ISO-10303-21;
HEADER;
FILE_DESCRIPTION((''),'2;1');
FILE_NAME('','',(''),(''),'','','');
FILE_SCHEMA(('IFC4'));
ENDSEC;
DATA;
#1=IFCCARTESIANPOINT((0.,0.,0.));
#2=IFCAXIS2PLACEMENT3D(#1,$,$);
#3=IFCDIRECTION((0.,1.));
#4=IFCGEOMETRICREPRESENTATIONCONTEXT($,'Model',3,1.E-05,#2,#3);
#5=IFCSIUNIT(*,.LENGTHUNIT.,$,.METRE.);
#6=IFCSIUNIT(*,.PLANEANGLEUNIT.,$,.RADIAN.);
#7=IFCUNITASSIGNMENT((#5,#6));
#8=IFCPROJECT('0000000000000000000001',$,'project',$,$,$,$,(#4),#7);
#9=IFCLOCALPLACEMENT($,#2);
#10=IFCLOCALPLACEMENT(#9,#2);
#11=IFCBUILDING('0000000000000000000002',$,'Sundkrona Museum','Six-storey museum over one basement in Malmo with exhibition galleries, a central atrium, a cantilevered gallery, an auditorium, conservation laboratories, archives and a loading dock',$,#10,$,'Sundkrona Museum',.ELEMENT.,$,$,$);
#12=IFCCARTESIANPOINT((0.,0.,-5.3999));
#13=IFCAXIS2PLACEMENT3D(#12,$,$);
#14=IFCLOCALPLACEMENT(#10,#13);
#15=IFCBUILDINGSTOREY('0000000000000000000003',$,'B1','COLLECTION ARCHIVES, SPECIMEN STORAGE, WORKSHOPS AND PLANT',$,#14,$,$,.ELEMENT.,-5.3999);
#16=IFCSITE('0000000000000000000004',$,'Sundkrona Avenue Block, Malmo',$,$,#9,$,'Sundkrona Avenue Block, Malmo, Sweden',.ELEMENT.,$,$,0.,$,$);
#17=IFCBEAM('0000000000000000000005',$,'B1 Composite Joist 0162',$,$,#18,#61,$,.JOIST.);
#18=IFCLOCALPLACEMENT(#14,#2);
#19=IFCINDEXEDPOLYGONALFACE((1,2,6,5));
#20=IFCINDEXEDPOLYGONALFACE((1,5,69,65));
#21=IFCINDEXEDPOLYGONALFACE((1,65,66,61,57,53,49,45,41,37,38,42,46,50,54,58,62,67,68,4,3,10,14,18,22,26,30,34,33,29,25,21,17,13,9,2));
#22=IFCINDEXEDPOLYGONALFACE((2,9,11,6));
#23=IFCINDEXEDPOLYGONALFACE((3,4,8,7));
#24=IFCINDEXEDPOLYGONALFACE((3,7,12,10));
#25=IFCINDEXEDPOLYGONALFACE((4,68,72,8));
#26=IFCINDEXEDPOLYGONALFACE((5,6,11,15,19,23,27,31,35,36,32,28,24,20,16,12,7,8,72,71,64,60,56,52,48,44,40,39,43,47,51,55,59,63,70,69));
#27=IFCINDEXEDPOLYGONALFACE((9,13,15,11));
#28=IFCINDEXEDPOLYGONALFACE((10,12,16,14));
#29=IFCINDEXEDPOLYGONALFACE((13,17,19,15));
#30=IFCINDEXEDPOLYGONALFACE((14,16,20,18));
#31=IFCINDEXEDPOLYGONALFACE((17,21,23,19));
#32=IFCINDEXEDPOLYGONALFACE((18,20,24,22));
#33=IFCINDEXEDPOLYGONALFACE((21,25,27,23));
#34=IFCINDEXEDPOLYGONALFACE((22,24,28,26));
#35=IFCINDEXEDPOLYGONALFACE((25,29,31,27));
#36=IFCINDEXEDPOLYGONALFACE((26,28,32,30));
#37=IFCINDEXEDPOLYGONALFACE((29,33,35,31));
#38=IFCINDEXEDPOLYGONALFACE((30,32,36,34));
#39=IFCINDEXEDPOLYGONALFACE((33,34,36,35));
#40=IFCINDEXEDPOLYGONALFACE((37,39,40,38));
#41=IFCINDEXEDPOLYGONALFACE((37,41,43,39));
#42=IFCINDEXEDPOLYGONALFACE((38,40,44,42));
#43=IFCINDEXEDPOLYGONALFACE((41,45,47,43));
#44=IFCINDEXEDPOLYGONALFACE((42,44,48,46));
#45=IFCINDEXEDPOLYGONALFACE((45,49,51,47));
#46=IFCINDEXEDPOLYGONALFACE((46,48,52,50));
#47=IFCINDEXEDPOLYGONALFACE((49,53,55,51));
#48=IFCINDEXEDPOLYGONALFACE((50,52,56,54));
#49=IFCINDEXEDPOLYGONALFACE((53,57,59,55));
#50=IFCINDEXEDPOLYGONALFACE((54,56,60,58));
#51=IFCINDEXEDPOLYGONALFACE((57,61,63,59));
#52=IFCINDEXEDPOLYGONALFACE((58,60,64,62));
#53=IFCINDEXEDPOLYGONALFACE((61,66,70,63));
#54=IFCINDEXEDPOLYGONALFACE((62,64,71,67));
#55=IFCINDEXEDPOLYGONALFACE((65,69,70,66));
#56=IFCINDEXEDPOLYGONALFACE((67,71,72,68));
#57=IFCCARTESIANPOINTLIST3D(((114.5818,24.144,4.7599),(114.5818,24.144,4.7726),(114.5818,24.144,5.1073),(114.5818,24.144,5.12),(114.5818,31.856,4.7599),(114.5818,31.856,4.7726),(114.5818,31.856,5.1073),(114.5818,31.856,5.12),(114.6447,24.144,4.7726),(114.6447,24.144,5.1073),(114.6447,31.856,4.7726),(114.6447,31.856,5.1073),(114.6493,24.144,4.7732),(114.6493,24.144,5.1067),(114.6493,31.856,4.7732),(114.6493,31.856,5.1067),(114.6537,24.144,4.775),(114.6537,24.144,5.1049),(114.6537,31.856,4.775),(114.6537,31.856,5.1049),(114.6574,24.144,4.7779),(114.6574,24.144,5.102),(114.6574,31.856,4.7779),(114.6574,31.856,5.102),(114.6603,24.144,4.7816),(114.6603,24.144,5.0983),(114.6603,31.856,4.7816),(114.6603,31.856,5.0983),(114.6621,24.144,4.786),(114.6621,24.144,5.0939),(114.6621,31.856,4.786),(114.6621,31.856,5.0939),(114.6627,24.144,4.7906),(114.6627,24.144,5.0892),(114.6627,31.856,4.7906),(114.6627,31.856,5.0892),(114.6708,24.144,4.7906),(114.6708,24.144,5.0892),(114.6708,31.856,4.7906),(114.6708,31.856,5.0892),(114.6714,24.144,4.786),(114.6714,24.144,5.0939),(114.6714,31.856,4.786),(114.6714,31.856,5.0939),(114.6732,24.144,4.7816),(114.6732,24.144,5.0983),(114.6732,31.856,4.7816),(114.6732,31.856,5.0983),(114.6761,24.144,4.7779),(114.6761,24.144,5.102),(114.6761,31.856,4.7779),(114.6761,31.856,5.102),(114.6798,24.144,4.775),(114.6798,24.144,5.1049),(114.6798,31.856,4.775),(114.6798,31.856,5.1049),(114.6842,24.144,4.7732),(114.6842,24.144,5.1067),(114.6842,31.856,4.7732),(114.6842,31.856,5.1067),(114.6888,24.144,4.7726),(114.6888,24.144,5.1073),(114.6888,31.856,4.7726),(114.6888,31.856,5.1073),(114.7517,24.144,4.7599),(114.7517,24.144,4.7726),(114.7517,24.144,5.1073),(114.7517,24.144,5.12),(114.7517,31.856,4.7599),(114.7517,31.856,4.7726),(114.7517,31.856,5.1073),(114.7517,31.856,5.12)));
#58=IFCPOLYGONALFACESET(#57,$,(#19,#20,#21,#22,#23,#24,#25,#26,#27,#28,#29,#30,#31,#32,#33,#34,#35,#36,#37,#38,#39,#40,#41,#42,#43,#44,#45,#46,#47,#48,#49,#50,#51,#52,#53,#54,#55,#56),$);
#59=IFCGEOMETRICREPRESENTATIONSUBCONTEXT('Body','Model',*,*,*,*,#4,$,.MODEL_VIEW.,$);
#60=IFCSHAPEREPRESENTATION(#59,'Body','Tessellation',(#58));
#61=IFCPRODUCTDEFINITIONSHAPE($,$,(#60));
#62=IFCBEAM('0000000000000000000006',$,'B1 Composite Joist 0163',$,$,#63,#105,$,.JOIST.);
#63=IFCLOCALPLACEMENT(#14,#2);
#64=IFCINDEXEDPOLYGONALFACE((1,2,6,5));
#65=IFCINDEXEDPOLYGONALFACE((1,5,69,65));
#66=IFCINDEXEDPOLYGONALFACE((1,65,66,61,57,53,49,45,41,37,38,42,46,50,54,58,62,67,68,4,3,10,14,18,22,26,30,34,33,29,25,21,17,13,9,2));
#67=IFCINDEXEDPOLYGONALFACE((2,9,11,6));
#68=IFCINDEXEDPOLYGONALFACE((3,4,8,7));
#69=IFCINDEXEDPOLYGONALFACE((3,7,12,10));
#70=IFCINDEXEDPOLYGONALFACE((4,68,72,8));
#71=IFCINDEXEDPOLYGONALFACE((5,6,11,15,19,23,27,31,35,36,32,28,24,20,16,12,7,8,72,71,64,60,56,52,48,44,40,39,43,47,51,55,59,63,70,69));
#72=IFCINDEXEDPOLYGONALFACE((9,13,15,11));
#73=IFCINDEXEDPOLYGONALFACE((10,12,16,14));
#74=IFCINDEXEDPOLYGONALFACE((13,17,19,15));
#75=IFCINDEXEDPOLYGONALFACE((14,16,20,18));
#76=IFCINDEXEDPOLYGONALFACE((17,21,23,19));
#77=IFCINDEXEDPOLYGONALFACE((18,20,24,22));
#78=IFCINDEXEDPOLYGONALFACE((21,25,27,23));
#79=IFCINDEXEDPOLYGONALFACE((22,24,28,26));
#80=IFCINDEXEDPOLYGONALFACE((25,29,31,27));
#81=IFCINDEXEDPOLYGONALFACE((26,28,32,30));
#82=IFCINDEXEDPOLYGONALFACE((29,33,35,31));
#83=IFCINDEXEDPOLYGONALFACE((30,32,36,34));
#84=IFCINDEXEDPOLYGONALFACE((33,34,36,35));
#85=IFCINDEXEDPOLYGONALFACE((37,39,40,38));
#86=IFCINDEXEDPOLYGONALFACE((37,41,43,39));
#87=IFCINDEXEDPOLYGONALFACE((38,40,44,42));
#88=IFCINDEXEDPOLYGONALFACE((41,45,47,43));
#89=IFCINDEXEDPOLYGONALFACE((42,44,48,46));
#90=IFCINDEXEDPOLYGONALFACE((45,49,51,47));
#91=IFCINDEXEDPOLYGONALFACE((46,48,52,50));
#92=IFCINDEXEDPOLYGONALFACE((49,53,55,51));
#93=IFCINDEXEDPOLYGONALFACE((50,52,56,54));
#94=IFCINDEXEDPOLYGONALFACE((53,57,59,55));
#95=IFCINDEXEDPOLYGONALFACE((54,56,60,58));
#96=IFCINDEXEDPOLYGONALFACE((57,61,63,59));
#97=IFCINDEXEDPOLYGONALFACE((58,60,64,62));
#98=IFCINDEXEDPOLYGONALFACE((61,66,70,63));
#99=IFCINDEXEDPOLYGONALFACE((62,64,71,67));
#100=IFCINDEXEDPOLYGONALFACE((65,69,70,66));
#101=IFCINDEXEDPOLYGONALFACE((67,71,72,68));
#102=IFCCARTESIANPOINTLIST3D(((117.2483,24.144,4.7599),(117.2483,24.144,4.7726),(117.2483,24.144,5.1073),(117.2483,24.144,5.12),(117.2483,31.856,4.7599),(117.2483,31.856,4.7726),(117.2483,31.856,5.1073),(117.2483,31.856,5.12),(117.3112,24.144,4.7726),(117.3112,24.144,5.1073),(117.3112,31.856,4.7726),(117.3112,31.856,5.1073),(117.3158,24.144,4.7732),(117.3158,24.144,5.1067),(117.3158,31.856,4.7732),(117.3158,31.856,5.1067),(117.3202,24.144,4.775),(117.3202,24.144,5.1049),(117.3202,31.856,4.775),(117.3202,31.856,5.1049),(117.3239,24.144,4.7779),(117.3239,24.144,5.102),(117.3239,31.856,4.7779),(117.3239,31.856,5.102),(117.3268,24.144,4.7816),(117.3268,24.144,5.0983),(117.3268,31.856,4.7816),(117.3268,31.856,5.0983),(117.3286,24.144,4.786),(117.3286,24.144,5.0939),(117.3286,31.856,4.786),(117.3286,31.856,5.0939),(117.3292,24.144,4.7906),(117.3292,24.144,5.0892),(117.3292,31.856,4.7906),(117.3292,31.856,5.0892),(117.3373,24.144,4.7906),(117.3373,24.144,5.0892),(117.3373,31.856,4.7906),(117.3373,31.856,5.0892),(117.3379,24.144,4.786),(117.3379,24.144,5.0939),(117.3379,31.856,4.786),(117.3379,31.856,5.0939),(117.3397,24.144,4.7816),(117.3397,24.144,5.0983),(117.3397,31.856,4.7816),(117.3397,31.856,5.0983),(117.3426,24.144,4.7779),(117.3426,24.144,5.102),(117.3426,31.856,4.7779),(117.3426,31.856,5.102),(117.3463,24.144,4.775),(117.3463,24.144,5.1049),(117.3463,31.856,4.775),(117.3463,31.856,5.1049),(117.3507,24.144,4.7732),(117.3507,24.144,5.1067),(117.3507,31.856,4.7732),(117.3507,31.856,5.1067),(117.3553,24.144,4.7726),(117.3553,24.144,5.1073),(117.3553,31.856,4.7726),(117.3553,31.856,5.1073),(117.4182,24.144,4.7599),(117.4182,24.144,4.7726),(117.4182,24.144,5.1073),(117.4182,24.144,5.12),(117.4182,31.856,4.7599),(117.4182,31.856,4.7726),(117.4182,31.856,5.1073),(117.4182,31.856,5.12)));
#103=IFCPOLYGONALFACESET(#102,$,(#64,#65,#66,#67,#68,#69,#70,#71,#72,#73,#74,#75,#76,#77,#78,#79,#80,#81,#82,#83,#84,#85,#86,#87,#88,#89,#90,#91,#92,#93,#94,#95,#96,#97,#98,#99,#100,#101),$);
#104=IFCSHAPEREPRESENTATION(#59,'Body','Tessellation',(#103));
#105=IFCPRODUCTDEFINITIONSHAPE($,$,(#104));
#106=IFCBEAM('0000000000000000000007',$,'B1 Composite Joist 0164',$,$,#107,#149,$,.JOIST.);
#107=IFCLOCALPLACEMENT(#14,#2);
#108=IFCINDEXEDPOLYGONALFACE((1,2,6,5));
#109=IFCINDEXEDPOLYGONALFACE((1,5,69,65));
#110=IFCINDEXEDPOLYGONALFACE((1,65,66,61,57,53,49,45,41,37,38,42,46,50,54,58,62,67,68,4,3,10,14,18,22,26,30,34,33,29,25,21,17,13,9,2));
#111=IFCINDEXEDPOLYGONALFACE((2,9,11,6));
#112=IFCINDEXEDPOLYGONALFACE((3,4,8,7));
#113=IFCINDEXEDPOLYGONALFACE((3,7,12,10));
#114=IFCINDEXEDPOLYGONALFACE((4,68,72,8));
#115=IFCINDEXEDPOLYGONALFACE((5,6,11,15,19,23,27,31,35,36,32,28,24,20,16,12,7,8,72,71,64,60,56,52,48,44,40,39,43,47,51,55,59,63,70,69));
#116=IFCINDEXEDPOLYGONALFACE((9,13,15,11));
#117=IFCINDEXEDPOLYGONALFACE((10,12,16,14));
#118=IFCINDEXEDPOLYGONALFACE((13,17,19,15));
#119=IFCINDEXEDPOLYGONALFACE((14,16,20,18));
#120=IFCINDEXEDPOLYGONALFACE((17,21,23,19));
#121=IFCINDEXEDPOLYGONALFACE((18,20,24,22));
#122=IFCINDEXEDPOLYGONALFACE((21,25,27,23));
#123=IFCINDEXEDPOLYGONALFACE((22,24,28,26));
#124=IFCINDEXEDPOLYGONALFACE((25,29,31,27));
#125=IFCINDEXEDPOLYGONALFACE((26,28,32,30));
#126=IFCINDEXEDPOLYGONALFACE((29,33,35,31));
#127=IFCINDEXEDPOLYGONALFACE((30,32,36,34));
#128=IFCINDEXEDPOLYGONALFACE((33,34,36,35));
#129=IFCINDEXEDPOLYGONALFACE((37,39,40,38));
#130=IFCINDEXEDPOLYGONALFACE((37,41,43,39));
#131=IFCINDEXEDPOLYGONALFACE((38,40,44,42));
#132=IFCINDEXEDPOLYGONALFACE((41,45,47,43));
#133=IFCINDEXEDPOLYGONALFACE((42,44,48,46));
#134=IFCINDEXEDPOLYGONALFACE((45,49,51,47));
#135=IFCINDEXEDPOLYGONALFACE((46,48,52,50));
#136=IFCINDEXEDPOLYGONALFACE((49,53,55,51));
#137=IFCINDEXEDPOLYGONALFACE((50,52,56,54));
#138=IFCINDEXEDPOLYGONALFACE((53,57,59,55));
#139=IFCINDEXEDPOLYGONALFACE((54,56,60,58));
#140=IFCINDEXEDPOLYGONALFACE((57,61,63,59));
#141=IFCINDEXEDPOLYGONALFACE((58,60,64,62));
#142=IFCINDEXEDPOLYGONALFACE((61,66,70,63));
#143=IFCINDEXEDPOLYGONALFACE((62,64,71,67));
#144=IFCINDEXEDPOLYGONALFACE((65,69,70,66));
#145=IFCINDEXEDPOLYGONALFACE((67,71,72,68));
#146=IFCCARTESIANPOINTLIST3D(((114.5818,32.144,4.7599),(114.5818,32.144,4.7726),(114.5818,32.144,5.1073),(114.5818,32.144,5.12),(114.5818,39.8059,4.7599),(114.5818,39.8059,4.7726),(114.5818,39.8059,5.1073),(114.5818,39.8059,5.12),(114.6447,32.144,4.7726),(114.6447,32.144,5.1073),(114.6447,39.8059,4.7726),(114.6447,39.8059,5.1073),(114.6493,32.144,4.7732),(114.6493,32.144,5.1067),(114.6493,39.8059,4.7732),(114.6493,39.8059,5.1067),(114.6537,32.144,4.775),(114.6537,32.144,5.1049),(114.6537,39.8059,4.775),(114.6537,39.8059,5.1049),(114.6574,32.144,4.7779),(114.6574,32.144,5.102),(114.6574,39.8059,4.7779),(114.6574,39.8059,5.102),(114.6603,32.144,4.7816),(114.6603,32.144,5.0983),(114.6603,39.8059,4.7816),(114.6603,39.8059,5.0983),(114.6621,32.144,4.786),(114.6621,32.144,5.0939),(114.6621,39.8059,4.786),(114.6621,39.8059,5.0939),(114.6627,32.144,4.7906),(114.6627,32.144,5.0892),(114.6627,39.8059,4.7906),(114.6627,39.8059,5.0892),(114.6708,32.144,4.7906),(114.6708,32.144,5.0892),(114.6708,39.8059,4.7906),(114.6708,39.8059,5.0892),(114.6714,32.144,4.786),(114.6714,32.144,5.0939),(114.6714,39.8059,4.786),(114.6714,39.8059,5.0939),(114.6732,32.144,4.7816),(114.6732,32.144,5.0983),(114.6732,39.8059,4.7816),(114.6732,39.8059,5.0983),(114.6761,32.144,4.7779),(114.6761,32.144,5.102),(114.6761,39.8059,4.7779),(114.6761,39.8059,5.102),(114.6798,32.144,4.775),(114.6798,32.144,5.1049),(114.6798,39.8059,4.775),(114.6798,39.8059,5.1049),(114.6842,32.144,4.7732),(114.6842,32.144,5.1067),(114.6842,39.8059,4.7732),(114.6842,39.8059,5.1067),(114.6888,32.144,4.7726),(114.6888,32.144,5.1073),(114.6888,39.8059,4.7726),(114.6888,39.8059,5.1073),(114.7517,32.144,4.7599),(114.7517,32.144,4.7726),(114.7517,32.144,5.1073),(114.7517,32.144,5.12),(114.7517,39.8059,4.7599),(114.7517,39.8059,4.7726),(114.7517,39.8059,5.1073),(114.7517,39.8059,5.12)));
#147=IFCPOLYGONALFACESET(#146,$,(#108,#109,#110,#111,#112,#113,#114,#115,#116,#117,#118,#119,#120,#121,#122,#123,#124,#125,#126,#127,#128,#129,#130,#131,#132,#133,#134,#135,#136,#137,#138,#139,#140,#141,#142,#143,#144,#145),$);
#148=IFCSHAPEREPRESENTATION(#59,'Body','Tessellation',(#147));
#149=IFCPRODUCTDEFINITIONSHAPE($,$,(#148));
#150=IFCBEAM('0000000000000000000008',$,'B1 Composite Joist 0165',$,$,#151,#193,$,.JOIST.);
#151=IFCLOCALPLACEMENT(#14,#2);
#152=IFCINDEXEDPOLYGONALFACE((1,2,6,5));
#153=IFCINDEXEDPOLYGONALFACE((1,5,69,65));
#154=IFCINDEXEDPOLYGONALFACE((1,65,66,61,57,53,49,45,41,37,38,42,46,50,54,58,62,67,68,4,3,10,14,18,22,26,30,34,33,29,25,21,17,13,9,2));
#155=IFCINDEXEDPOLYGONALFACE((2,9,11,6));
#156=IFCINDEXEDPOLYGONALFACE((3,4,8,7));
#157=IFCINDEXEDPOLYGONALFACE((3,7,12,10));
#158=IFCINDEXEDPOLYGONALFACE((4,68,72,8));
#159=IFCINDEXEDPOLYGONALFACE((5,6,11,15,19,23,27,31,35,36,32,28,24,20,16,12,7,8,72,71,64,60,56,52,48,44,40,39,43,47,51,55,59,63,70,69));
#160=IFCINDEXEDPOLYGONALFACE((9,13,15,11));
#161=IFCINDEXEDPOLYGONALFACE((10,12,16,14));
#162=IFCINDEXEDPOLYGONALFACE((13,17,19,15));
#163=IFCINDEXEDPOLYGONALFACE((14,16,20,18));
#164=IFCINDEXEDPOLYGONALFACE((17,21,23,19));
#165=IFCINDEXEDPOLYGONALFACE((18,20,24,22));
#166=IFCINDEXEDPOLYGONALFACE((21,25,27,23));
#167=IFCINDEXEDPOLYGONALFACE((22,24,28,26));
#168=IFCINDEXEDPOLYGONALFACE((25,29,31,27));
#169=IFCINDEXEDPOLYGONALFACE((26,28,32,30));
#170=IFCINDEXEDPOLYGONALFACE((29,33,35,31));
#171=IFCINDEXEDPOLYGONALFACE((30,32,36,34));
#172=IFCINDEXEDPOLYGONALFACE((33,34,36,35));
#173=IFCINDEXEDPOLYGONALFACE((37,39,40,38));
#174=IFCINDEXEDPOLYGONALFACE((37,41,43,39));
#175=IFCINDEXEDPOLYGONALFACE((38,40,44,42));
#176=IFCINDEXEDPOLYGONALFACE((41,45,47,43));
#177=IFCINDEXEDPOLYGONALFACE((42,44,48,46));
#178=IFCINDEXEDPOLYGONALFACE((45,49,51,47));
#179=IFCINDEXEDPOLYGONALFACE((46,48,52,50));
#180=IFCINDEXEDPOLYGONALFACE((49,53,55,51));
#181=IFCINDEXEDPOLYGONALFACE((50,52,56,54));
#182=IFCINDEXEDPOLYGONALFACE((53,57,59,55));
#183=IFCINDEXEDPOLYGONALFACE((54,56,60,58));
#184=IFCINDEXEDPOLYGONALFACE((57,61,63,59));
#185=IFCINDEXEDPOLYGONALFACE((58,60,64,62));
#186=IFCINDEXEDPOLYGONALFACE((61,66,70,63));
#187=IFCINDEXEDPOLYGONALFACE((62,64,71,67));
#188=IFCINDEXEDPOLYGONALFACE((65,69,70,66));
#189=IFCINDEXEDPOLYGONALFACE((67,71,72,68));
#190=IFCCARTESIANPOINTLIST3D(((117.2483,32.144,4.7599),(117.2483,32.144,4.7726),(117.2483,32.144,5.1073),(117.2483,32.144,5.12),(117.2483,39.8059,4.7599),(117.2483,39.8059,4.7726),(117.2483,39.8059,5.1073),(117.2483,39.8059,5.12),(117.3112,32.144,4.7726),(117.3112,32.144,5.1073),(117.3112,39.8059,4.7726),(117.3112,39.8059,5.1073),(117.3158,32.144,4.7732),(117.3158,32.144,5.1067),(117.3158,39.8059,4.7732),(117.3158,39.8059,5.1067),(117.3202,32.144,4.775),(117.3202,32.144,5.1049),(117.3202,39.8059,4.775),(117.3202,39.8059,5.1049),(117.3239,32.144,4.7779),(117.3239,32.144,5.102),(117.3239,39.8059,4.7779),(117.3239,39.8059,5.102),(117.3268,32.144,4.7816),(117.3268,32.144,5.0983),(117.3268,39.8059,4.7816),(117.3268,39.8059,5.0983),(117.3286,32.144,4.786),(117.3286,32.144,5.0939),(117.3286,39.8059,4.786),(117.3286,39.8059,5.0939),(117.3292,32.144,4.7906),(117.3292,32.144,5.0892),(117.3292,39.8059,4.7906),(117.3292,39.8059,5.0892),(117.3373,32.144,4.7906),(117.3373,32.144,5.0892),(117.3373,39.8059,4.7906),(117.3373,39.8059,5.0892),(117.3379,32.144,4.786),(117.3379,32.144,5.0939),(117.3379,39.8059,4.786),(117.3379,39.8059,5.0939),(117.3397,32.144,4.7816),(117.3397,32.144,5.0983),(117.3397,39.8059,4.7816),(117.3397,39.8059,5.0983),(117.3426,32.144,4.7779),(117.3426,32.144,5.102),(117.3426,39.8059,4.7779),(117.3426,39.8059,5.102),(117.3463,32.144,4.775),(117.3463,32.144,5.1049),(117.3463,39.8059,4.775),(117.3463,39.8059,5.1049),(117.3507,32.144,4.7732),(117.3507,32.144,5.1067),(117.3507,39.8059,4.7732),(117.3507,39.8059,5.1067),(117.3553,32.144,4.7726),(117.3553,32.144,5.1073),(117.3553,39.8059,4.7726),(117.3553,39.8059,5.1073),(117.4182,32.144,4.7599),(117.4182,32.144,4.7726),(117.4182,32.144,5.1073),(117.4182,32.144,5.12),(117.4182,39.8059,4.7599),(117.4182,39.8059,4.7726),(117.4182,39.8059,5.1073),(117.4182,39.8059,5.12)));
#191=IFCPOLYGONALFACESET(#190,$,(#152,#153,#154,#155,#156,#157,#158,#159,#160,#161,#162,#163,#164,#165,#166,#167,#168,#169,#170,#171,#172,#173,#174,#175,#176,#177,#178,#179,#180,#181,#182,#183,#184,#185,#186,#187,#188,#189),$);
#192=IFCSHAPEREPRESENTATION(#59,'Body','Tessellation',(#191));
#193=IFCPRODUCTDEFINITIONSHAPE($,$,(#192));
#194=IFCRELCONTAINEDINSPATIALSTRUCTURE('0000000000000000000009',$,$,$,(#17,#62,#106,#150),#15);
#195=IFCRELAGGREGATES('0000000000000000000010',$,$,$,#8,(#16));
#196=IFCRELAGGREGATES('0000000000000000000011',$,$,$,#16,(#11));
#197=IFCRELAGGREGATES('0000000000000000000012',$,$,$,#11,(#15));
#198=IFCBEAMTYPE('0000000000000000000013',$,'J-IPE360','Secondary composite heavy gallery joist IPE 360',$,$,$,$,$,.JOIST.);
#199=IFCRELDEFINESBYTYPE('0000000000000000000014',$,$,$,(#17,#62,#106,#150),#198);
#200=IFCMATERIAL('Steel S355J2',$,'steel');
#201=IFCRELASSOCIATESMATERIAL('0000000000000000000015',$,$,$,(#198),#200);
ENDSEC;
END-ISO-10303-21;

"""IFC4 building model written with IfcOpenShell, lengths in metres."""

from ifc_helpers import new_model, si_unit, direction, frame, origin, origin_2d, place, context, subcontext, project, spatial, i_section, extrude, material, material_profile, profile_set, type_object, element, save


model = new_model("IFC4")

# Units and contexts
model_context = context("Model", 3, precision=1e-05, world=origin(), true_north=direction((0.0, 1.0)))
body_context = subcontext(model_context, "Body", "Model", "MODEL_VIEW")
ifc_project = project(units=[si_unit("LENGTHUNIT", "METRE"), si_unit("PLANEANGLEUNIT", "RADIAN")], contexts=[model_context])

# Site, building, storey
site_placement = place(None, origin())
site = spatial("IfcSite", under=ifc_project, at=site_placement, Name="Sundkrona Avenue Block, Malmo", LongName="Sundkrona Avenue Block, Malmo, Sweden", CompositionType="ELEMENT", RefElevation=0.0)
building_placement = place(site_placement, origin())
building = spatial("IfcBuilding", under=site, at=building_placement, Name="Sundkrona Museum", Description="Six-storey museum over one basement in Malmo with exhibition galleries, a central atrium, a cantilevered gallery, an auditorium, conservation laboratories, archives and a loading dock", LongName="Sundkrona Museum", CompositionType="ELEMENT")
storey_placement = place(building_placement, frame((0.0, 0.0, -5.3999)))
storey = spatial("IfcBuildingStorey", under=building, at=storey_placement, Name="B1", Description="COLLECTION ARCHIVES, SPECIMEN STORAGE, WORKSHOPS AND PLANT", CompositionType="ELEMENT", Elevation=-5.3999)

# Beams
ifc_material_1 = material(Name="Steel S355J2", Category="steel")
ifc_material_profile_1 = material_profile(ifc_material_1, i_section(OverallWidth=0.1699, OverallDepth=0.3601, WebThickness=0.0081, FlangeThickness=0.0127, FilletRadius=0.0181, at=origin_2d()), Name="IPE 360")
ifc_profile_set_1 = profile_set([ifc_material_profile_1], Name="Steel S355J2")
beam_type_1 = type_object("IfcBeamType", Name="J-IPE360", Description="Secondary composite heavy gallery joist IPE 360", PredefinedType="JOIST", material=ifc_profile_set_1)
for number, where, z_axis, x_axis, name in (
    (1, (114.6667, 24.144, 4.9399), (0.0, 1.0, 0.0), (-1.0, 0.0, 0.0), "B1 Composite Joist 0162"),
    (2, (117.3333, 24.144, 4.9399), (0.0, 1.0, 0.0), (-1.0, 0.0, 0.0), "B1 Composite Joist 0163"),
):
    element("IfcBeam", number, at=place(storey_placement, frame(where, z_axis=z_axis, x_axis=x_axis)), inside=storey, type_object=beam_type_1, Name=name, PredefinedType="JOIST", context=body_context, shape_type="SweptSolid", body=[
        extrude(i_section(OverallWidth=0.1699, OverallDepth=0.3601, WebThickness=0.0081, FlangeThickness=0.0127, FilletRadius=0.0181, at=origin_2d()), origin(), (0.0, 0.0, 1.0), 7.7119),
    ])
for number, where, z_axis, x_axis, name in (
    (3, (114.6667, 32.144, 4.9399), (0.0, 1.0, 0.0), (-1.0, 0.0, 0.0), "B1 Composite Joist 0164"),
    (4, (117.3333, 32.144, 4.9399), (0.0, 1.0, 0.0), (-1.0, 0.0, 0.0), "B1 Composite Joist 0165"),
):
    element("IfcBeam", number, at=place(storey_placement, frame(where, z_axis=z_axis, x_axis=x_axis)), inside=storey, type_object=beam_type_1, Name=name, PredefinedType="JOIST", context=body_context, shape_type="SweptSolid", body=[
        extrude(i_section(OverallWidth=0.1699, OverallDepth=0.3601, WebThickness=0.0081, FlangeThickness=0.0127, FilletRadius=0.0181, at=origin_2d()), origin(), (0.0, 0.0, 1.0), 7.6619),
    ])

save(model, "model.ifc")
